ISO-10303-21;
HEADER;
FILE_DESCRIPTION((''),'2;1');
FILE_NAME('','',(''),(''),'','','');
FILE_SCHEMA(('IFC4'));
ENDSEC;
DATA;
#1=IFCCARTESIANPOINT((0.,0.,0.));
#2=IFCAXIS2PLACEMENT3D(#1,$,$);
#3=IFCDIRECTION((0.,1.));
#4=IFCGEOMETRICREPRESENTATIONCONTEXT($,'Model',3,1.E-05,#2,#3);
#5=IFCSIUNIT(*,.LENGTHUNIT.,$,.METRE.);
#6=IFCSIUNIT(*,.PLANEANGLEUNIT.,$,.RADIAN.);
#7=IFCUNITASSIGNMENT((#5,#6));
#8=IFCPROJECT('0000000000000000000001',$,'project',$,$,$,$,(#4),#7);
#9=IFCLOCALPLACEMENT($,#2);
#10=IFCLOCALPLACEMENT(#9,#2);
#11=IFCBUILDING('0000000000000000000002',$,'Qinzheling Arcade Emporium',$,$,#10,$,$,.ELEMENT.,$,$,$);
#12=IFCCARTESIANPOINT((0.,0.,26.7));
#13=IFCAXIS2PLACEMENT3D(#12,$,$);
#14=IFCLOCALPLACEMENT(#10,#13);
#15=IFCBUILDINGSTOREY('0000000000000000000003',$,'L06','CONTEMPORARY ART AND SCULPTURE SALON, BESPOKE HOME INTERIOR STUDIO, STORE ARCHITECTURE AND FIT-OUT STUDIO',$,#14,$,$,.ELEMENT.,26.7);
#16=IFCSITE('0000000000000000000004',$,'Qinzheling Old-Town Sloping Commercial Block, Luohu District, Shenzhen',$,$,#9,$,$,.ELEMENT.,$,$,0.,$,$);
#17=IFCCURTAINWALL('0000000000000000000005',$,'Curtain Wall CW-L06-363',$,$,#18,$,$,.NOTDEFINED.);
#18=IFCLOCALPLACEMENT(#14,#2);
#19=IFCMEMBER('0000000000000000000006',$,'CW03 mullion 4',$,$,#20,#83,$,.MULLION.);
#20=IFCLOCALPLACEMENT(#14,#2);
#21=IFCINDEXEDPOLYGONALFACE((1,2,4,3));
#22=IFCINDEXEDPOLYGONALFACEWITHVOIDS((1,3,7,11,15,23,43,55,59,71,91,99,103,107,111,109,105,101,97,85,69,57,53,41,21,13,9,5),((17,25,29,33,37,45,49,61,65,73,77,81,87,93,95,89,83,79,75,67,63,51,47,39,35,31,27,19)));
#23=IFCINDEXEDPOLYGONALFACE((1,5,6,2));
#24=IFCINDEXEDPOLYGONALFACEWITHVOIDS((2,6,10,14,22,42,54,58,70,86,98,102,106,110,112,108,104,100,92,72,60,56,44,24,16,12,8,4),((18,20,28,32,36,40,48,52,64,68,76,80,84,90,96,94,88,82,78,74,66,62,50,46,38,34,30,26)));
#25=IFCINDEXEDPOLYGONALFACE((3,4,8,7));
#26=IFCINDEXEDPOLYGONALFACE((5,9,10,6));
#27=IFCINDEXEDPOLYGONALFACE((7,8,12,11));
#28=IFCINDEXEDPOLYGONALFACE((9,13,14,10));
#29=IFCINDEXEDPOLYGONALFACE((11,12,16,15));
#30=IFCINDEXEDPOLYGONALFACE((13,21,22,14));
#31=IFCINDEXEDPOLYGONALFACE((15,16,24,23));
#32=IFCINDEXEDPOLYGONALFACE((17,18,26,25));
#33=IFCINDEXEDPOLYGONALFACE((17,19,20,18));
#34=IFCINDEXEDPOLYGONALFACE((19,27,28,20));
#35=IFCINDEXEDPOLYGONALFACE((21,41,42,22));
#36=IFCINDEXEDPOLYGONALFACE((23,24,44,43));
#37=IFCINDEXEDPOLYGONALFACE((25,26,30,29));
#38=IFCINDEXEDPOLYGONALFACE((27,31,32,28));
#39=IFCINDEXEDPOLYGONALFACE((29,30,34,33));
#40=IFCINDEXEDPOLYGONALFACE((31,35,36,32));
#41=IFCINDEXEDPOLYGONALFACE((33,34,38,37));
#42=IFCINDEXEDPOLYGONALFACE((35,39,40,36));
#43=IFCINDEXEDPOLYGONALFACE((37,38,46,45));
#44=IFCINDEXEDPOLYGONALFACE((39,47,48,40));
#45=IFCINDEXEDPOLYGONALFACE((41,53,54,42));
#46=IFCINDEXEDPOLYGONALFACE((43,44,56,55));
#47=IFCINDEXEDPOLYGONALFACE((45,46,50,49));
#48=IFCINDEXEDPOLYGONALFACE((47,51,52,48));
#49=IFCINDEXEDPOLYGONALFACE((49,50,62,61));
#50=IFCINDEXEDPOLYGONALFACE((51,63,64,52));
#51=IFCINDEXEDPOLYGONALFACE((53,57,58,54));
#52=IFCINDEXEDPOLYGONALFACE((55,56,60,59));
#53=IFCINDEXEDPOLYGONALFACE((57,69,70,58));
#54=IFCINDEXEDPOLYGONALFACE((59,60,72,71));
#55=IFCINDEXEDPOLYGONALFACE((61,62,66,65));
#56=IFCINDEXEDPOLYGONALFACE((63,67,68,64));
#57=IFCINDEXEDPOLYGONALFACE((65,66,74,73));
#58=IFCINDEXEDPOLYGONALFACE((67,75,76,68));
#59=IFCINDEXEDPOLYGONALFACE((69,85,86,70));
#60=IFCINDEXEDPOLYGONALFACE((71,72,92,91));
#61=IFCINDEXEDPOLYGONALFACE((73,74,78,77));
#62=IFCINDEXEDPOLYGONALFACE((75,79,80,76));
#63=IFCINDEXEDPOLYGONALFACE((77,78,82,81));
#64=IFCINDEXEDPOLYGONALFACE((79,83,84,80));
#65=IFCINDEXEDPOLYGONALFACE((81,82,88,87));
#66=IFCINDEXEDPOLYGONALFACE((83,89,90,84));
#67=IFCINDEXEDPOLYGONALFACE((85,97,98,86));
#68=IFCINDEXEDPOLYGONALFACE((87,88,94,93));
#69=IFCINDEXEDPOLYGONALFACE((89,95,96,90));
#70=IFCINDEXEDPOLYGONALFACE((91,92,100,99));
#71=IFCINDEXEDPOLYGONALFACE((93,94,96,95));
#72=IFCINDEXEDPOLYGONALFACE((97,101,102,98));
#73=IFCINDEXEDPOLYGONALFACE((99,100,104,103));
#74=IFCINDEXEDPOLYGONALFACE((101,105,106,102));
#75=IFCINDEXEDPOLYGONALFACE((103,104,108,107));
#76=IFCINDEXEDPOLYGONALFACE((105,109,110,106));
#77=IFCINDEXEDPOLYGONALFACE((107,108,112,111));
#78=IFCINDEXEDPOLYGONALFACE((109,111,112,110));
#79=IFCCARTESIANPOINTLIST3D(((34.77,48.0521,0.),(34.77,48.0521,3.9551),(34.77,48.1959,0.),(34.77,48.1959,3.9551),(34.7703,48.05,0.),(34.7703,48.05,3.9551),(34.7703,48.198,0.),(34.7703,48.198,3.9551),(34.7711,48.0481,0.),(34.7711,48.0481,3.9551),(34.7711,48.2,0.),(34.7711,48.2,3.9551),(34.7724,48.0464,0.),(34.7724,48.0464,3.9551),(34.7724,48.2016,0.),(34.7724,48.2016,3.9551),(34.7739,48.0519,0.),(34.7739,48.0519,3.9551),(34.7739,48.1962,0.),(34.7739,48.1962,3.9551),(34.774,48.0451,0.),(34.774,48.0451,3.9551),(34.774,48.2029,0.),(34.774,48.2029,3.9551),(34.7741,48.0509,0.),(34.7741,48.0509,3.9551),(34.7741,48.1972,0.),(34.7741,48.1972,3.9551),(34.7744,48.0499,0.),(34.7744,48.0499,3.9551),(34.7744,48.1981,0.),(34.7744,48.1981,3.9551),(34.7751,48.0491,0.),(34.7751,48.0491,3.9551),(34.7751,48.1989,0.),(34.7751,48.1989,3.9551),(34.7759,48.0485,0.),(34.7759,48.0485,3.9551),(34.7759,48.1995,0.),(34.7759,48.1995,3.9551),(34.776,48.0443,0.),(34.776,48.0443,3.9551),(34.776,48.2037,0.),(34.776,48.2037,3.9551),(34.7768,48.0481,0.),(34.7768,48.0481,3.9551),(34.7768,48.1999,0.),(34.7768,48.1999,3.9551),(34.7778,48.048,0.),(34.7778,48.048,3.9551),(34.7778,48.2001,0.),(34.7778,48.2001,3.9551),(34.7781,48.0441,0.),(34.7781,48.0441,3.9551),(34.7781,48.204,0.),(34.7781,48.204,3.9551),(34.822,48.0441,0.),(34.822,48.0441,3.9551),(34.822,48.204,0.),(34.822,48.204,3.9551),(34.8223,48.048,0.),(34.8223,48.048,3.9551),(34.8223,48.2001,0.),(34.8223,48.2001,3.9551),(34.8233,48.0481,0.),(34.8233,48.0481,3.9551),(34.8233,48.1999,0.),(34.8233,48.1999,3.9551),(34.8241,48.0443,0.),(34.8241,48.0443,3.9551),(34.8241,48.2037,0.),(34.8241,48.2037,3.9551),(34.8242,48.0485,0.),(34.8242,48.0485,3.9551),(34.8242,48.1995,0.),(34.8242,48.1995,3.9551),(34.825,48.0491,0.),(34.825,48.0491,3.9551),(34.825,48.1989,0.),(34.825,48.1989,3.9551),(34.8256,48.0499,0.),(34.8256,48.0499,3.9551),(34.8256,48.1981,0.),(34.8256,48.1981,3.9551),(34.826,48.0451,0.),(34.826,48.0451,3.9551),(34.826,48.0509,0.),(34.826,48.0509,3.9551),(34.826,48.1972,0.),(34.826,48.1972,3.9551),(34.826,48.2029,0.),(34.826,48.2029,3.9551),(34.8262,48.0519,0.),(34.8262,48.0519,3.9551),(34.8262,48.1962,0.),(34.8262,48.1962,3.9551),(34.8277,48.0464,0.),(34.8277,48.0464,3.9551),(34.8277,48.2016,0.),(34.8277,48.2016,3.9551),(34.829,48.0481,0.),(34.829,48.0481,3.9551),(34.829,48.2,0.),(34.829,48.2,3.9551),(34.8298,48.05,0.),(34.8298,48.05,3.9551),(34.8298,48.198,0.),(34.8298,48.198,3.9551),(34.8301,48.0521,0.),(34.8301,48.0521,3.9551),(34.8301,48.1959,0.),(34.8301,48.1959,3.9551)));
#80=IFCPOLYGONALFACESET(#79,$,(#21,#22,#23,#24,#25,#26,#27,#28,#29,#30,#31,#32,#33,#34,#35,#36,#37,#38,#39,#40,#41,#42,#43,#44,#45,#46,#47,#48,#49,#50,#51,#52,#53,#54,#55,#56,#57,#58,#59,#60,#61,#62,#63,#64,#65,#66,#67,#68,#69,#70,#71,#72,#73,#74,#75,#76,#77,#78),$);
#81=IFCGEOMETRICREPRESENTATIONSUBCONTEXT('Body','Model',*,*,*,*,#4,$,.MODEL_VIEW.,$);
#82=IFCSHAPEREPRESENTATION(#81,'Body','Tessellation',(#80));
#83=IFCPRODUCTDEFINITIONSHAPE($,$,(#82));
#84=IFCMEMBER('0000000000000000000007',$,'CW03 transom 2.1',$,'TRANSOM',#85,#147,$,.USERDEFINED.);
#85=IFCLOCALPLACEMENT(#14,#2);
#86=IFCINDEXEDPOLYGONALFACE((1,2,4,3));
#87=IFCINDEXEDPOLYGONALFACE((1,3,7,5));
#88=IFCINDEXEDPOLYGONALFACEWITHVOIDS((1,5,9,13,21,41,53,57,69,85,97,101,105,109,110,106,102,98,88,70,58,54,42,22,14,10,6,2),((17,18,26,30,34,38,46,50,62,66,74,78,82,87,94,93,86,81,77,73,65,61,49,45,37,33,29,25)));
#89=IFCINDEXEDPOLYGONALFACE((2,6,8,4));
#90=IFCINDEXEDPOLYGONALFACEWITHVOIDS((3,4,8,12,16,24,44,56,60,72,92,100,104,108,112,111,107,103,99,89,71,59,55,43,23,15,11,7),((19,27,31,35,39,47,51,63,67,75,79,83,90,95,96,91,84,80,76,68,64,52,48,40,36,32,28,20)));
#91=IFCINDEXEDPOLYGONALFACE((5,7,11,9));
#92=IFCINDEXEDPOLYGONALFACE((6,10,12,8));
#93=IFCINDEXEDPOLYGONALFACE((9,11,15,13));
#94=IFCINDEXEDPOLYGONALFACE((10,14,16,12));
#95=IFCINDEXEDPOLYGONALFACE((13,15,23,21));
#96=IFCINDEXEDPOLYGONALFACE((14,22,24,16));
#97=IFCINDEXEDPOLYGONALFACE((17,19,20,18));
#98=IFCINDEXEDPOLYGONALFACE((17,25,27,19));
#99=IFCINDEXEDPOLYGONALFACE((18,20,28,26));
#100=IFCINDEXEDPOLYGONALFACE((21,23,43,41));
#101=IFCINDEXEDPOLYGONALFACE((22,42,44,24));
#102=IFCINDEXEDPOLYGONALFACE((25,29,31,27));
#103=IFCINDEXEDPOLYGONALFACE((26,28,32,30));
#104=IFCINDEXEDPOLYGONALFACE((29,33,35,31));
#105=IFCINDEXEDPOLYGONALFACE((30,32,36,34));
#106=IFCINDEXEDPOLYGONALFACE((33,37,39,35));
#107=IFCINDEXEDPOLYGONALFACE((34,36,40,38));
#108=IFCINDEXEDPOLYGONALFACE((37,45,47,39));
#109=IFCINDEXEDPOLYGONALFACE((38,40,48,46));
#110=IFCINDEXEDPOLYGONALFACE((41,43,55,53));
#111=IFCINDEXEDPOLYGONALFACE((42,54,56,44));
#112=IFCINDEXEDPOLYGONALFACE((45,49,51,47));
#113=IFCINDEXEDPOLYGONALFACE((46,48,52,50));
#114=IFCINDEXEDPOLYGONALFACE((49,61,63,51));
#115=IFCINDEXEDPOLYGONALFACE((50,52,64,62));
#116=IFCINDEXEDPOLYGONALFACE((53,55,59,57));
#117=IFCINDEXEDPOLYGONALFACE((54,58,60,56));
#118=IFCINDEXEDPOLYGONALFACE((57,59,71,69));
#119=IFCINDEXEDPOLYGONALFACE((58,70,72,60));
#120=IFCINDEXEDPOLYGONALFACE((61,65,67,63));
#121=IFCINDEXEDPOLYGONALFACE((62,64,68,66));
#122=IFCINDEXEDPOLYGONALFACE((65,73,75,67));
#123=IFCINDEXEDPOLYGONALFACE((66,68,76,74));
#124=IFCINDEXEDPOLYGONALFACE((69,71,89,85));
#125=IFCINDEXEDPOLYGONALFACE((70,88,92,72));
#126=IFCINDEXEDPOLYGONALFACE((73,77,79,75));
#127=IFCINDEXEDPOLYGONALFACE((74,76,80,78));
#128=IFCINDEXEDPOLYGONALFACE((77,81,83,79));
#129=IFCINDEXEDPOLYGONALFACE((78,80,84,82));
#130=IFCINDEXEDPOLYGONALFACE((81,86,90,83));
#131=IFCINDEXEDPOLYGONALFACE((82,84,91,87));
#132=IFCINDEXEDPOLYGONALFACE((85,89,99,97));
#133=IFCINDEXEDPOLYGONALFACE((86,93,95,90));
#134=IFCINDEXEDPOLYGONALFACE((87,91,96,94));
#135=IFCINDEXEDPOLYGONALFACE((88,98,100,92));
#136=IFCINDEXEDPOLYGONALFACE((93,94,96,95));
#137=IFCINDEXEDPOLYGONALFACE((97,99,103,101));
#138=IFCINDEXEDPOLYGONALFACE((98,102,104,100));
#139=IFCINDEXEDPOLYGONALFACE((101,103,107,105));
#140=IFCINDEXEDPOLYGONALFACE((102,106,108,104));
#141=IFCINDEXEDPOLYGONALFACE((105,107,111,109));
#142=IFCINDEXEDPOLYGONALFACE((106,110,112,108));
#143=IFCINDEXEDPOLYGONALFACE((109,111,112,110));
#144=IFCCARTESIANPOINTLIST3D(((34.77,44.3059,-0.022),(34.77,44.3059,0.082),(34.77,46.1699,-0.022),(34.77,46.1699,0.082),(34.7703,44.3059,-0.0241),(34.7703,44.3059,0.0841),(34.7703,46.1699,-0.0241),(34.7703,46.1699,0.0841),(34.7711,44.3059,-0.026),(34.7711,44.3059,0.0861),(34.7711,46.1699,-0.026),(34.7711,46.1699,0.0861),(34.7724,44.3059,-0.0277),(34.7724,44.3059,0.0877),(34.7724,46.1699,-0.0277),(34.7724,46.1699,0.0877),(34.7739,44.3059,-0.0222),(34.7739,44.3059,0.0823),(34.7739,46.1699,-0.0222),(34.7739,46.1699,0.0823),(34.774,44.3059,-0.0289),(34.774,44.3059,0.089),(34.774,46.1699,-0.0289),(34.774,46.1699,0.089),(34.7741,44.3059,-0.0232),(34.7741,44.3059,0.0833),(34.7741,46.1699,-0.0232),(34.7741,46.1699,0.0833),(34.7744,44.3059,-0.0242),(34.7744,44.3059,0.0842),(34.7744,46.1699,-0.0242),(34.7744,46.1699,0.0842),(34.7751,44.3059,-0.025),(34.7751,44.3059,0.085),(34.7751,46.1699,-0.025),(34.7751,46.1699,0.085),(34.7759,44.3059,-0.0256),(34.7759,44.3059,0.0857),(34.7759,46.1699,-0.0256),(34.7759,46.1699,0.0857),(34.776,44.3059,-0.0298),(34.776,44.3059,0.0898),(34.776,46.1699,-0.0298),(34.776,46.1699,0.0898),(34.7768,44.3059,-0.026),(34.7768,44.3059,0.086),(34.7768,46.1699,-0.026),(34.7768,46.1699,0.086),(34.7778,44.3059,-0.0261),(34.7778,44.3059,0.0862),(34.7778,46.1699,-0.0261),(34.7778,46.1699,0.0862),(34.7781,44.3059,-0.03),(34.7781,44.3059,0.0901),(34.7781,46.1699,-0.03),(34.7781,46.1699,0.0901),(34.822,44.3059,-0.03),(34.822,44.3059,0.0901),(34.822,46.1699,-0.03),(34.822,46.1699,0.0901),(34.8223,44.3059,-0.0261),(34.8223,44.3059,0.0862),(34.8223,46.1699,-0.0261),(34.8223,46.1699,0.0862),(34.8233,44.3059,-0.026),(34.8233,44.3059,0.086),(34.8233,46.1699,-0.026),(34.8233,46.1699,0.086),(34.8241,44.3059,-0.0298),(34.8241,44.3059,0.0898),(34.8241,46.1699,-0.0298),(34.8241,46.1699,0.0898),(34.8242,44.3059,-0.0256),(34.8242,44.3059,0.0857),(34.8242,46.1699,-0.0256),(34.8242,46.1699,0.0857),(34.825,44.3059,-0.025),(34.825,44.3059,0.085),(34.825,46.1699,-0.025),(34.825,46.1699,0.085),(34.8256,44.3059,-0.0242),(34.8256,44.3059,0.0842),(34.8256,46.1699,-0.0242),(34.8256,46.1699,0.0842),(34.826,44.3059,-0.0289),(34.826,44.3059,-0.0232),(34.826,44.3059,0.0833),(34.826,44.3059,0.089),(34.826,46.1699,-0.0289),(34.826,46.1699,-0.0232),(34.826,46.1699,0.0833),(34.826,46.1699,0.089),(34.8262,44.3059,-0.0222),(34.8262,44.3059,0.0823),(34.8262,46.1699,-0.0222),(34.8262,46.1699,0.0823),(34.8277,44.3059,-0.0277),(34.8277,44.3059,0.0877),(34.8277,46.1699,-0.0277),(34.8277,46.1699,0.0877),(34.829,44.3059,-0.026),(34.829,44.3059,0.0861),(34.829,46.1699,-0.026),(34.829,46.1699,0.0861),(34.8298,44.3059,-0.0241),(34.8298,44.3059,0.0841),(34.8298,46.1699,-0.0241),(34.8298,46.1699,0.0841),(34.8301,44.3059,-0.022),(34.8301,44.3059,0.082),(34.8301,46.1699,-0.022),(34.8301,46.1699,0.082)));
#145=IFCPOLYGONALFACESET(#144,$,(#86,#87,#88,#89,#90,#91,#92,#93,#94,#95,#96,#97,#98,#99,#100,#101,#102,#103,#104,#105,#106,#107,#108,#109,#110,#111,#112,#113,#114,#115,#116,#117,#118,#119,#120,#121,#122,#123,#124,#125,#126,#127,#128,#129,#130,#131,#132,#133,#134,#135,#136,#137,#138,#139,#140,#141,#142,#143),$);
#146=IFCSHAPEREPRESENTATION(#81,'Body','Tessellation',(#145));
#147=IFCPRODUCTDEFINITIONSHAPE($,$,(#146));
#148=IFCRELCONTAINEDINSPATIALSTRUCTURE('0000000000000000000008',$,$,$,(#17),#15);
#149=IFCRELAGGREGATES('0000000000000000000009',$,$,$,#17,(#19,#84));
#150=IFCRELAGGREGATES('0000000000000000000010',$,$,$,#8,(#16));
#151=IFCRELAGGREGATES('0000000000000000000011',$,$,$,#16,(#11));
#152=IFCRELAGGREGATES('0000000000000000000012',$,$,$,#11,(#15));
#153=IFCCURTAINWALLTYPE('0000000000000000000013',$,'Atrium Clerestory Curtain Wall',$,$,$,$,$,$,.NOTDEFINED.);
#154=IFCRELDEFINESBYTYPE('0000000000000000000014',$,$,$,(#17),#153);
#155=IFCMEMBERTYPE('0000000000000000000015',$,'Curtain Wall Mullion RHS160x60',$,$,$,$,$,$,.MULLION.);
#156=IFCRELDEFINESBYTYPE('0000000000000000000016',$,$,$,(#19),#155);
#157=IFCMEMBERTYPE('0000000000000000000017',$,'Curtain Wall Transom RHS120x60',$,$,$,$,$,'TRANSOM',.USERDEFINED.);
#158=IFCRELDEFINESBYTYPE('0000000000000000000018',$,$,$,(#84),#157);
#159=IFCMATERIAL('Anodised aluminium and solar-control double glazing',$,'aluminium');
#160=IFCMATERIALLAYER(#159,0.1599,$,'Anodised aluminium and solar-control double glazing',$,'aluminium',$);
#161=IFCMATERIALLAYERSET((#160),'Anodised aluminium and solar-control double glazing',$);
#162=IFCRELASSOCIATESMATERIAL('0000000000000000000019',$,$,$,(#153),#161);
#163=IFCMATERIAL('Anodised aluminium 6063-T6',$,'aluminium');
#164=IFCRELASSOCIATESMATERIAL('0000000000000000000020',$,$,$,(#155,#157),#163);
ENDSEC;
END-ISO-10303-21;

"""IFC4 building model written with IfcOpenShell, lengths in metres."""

from ifc_helpers import new_model, si_unit, direction, frame, origin, origin_2d, place, context, subcontext, project, spatial, hollow_rectangle, extrude, material, layer, layer_set, material_profile, profile_set, type_object, element, aggregate, save


model = new_model("IFC4")

# Units and contexts
model_context = context("Model", 3, precision=1e-05, world=origin(), true_north=direction((0.0, 1.0)))
body_context = subcontext(model_context, "Body", "Model", "MODEL_VIEW")
ifc_project = project(units=[si_unit("LENGTHUNIT", "METRE"), si_unit("PLANEANGLEUNIT", "RADIAN")], contexts=[model_context])

# Site, building, storey
site_placement = place(None, origin())
site = spatial("IfcSite", under=ifc_project, at=site_placement, Name="Qinzheling Old-Town Sloping Commercial Block, Luohu District, Shenzhen", CompositionType="ELEMENT", RefElevation=0.0)
building_placement = place(site_placement, origin())
building = spatial("IfcBuilding", under=site, at=building_placement, Name="Qinzheling Arcade Emporium", CompositionType="ELEMENT")
storey_placement = place(building_placement, frame((0.0, 0.0, 26.7)))
storey = spatial("IfcBuildingStorey", under=building, at=storey_placement, Name="L06", Description="CONTEMPORARY ART AND SCULPTURE SALON, BESPOKE HOME INTERIOR STUDIO, STORE ARCHITECTURE AND FIT-OUT STUDIO", CompositionType="ELEMENT", Elevation=26.7)

# Curtain wall, members
ifc_material_1 = material(Name="Anodised aluminium and solar-control double glazing", Category="aluminium")
ifc_layer_1 = layer(ifc_material_1, 0.1599, Name="Anodised aluminium and solar-control double glazing", Category="aluminium")
ifc_layer_set_1 = layer_set([ifc_layer_1], Name="Anodised aluminium and solar-control double glazing")
curtain_wall_type = type_object("IfcCurtainWallType", Name="Atrium Clerestory Curtain Wall", PredefinedType="NOTDEFINED", material=ifc_layer_set_1)
curtain_wall_placement = place(storey_placement, origin())
curtain_wall = element("IfcCurtainWall", 1, at=curtain_wall_placement, inside=storey, type_object=curtain_wall_type, Name="Curtain Wall CW-L06-363", PredefinedType="NOTDEFINED")
ifc_material_2 = material(Name="Anodised aluminium 6063-T6", Category="aluminium")
ifc_material_profile_1 = material_profile(ifc_material_2, hollow_rectangle(XDim=0.0601, YDim=0.1599, WallThickness=0.0039, InnerFilletRadius=0.0039, OuterFilletRadius=0.0081, at=origin_2d()), Name="RHS 160x60x4", Category="aluminium")
ifc_profile_set_1 = profile_set([ifc_material_profile_1], Name="Anodised aluminium 6063-T6")
member_type_1 = type_object("IfcMemberType", Name="Curtain Wall Mullion RHS160x60", PredefinedType="MULLION", material=ifc_profile_set_1)
member_1_placement = place(storey_placement, frame((34.8, 48.124, 0.0), z_axis=(0.0, 0.0, 1.0), x_axis=(-1.0, 0.0, 0.0)))
member_1 = element("IfcMember", 2, at=member_1_placement, type_object=member_type_1, Name="CW03 mullion 4", PredefinedType="MULLION", context=body_context, shape_type="SweptSolid", body=[
    extrude(hollow_rectangle(XDim=0.0601, YDim=0.1599, WallThickness=0.0039, InnerFilletRadius=0.0039, OuterFilletRadius=0.0081, at=origin_2d()), origin(), (0.0, 0.0, 1.0), 3.9551),
])
ifc_material_profile_2 = material_profile(ifc_material_2, hollow_rectangle(XDim=0.0601, YDim=0.1201, WallThickness=0.0039, InnerFilletRadius=0.0039, OuterFilletRadius=0.0081, at=origin_2d()), Name="RHS 120x60x4", Category="aluminium")
ifc_profile_set_2 = profile_set([ifc_material_profile_2], Name="Anodised aluminium 6063-T6")
member_type_2 = type_object("IfcMemberType", Name="Curtain Wall Transom RHS120x60", ElementType="TRANSOM", PredefinedType="USERDEFINED", material=ifc_profile_set_2)
member_2_placement = place(storey_placement, frame((34.8, 44.3059, 0.03), z_axis=(0.0, 1.0, 0.0), x_axis=(-1.0, 0.0, 0.0)))
member_2 = element("IfcMember", 3, at=member_2_placement, type_object=member_type_2, Name="CW03 transom 2.1", ObjectType="TRANSOM", PredefinedType="USERDEFINED", context=body_context, shape_type="SweptSolid", body=[
    extrude(hollow_rectangle(XDim=0.0601, YDim=0.1201, WallThickness=0.0039, InnerFilletRadius=0.0039, OuterFilletRadius=0.0081, at=origin_2d()), origin(), (0.0, 0.0, 1.0), 1.864),
])
aggregate(curtain_wall, [member_1, member_2])

save(model, "model.ifc")
